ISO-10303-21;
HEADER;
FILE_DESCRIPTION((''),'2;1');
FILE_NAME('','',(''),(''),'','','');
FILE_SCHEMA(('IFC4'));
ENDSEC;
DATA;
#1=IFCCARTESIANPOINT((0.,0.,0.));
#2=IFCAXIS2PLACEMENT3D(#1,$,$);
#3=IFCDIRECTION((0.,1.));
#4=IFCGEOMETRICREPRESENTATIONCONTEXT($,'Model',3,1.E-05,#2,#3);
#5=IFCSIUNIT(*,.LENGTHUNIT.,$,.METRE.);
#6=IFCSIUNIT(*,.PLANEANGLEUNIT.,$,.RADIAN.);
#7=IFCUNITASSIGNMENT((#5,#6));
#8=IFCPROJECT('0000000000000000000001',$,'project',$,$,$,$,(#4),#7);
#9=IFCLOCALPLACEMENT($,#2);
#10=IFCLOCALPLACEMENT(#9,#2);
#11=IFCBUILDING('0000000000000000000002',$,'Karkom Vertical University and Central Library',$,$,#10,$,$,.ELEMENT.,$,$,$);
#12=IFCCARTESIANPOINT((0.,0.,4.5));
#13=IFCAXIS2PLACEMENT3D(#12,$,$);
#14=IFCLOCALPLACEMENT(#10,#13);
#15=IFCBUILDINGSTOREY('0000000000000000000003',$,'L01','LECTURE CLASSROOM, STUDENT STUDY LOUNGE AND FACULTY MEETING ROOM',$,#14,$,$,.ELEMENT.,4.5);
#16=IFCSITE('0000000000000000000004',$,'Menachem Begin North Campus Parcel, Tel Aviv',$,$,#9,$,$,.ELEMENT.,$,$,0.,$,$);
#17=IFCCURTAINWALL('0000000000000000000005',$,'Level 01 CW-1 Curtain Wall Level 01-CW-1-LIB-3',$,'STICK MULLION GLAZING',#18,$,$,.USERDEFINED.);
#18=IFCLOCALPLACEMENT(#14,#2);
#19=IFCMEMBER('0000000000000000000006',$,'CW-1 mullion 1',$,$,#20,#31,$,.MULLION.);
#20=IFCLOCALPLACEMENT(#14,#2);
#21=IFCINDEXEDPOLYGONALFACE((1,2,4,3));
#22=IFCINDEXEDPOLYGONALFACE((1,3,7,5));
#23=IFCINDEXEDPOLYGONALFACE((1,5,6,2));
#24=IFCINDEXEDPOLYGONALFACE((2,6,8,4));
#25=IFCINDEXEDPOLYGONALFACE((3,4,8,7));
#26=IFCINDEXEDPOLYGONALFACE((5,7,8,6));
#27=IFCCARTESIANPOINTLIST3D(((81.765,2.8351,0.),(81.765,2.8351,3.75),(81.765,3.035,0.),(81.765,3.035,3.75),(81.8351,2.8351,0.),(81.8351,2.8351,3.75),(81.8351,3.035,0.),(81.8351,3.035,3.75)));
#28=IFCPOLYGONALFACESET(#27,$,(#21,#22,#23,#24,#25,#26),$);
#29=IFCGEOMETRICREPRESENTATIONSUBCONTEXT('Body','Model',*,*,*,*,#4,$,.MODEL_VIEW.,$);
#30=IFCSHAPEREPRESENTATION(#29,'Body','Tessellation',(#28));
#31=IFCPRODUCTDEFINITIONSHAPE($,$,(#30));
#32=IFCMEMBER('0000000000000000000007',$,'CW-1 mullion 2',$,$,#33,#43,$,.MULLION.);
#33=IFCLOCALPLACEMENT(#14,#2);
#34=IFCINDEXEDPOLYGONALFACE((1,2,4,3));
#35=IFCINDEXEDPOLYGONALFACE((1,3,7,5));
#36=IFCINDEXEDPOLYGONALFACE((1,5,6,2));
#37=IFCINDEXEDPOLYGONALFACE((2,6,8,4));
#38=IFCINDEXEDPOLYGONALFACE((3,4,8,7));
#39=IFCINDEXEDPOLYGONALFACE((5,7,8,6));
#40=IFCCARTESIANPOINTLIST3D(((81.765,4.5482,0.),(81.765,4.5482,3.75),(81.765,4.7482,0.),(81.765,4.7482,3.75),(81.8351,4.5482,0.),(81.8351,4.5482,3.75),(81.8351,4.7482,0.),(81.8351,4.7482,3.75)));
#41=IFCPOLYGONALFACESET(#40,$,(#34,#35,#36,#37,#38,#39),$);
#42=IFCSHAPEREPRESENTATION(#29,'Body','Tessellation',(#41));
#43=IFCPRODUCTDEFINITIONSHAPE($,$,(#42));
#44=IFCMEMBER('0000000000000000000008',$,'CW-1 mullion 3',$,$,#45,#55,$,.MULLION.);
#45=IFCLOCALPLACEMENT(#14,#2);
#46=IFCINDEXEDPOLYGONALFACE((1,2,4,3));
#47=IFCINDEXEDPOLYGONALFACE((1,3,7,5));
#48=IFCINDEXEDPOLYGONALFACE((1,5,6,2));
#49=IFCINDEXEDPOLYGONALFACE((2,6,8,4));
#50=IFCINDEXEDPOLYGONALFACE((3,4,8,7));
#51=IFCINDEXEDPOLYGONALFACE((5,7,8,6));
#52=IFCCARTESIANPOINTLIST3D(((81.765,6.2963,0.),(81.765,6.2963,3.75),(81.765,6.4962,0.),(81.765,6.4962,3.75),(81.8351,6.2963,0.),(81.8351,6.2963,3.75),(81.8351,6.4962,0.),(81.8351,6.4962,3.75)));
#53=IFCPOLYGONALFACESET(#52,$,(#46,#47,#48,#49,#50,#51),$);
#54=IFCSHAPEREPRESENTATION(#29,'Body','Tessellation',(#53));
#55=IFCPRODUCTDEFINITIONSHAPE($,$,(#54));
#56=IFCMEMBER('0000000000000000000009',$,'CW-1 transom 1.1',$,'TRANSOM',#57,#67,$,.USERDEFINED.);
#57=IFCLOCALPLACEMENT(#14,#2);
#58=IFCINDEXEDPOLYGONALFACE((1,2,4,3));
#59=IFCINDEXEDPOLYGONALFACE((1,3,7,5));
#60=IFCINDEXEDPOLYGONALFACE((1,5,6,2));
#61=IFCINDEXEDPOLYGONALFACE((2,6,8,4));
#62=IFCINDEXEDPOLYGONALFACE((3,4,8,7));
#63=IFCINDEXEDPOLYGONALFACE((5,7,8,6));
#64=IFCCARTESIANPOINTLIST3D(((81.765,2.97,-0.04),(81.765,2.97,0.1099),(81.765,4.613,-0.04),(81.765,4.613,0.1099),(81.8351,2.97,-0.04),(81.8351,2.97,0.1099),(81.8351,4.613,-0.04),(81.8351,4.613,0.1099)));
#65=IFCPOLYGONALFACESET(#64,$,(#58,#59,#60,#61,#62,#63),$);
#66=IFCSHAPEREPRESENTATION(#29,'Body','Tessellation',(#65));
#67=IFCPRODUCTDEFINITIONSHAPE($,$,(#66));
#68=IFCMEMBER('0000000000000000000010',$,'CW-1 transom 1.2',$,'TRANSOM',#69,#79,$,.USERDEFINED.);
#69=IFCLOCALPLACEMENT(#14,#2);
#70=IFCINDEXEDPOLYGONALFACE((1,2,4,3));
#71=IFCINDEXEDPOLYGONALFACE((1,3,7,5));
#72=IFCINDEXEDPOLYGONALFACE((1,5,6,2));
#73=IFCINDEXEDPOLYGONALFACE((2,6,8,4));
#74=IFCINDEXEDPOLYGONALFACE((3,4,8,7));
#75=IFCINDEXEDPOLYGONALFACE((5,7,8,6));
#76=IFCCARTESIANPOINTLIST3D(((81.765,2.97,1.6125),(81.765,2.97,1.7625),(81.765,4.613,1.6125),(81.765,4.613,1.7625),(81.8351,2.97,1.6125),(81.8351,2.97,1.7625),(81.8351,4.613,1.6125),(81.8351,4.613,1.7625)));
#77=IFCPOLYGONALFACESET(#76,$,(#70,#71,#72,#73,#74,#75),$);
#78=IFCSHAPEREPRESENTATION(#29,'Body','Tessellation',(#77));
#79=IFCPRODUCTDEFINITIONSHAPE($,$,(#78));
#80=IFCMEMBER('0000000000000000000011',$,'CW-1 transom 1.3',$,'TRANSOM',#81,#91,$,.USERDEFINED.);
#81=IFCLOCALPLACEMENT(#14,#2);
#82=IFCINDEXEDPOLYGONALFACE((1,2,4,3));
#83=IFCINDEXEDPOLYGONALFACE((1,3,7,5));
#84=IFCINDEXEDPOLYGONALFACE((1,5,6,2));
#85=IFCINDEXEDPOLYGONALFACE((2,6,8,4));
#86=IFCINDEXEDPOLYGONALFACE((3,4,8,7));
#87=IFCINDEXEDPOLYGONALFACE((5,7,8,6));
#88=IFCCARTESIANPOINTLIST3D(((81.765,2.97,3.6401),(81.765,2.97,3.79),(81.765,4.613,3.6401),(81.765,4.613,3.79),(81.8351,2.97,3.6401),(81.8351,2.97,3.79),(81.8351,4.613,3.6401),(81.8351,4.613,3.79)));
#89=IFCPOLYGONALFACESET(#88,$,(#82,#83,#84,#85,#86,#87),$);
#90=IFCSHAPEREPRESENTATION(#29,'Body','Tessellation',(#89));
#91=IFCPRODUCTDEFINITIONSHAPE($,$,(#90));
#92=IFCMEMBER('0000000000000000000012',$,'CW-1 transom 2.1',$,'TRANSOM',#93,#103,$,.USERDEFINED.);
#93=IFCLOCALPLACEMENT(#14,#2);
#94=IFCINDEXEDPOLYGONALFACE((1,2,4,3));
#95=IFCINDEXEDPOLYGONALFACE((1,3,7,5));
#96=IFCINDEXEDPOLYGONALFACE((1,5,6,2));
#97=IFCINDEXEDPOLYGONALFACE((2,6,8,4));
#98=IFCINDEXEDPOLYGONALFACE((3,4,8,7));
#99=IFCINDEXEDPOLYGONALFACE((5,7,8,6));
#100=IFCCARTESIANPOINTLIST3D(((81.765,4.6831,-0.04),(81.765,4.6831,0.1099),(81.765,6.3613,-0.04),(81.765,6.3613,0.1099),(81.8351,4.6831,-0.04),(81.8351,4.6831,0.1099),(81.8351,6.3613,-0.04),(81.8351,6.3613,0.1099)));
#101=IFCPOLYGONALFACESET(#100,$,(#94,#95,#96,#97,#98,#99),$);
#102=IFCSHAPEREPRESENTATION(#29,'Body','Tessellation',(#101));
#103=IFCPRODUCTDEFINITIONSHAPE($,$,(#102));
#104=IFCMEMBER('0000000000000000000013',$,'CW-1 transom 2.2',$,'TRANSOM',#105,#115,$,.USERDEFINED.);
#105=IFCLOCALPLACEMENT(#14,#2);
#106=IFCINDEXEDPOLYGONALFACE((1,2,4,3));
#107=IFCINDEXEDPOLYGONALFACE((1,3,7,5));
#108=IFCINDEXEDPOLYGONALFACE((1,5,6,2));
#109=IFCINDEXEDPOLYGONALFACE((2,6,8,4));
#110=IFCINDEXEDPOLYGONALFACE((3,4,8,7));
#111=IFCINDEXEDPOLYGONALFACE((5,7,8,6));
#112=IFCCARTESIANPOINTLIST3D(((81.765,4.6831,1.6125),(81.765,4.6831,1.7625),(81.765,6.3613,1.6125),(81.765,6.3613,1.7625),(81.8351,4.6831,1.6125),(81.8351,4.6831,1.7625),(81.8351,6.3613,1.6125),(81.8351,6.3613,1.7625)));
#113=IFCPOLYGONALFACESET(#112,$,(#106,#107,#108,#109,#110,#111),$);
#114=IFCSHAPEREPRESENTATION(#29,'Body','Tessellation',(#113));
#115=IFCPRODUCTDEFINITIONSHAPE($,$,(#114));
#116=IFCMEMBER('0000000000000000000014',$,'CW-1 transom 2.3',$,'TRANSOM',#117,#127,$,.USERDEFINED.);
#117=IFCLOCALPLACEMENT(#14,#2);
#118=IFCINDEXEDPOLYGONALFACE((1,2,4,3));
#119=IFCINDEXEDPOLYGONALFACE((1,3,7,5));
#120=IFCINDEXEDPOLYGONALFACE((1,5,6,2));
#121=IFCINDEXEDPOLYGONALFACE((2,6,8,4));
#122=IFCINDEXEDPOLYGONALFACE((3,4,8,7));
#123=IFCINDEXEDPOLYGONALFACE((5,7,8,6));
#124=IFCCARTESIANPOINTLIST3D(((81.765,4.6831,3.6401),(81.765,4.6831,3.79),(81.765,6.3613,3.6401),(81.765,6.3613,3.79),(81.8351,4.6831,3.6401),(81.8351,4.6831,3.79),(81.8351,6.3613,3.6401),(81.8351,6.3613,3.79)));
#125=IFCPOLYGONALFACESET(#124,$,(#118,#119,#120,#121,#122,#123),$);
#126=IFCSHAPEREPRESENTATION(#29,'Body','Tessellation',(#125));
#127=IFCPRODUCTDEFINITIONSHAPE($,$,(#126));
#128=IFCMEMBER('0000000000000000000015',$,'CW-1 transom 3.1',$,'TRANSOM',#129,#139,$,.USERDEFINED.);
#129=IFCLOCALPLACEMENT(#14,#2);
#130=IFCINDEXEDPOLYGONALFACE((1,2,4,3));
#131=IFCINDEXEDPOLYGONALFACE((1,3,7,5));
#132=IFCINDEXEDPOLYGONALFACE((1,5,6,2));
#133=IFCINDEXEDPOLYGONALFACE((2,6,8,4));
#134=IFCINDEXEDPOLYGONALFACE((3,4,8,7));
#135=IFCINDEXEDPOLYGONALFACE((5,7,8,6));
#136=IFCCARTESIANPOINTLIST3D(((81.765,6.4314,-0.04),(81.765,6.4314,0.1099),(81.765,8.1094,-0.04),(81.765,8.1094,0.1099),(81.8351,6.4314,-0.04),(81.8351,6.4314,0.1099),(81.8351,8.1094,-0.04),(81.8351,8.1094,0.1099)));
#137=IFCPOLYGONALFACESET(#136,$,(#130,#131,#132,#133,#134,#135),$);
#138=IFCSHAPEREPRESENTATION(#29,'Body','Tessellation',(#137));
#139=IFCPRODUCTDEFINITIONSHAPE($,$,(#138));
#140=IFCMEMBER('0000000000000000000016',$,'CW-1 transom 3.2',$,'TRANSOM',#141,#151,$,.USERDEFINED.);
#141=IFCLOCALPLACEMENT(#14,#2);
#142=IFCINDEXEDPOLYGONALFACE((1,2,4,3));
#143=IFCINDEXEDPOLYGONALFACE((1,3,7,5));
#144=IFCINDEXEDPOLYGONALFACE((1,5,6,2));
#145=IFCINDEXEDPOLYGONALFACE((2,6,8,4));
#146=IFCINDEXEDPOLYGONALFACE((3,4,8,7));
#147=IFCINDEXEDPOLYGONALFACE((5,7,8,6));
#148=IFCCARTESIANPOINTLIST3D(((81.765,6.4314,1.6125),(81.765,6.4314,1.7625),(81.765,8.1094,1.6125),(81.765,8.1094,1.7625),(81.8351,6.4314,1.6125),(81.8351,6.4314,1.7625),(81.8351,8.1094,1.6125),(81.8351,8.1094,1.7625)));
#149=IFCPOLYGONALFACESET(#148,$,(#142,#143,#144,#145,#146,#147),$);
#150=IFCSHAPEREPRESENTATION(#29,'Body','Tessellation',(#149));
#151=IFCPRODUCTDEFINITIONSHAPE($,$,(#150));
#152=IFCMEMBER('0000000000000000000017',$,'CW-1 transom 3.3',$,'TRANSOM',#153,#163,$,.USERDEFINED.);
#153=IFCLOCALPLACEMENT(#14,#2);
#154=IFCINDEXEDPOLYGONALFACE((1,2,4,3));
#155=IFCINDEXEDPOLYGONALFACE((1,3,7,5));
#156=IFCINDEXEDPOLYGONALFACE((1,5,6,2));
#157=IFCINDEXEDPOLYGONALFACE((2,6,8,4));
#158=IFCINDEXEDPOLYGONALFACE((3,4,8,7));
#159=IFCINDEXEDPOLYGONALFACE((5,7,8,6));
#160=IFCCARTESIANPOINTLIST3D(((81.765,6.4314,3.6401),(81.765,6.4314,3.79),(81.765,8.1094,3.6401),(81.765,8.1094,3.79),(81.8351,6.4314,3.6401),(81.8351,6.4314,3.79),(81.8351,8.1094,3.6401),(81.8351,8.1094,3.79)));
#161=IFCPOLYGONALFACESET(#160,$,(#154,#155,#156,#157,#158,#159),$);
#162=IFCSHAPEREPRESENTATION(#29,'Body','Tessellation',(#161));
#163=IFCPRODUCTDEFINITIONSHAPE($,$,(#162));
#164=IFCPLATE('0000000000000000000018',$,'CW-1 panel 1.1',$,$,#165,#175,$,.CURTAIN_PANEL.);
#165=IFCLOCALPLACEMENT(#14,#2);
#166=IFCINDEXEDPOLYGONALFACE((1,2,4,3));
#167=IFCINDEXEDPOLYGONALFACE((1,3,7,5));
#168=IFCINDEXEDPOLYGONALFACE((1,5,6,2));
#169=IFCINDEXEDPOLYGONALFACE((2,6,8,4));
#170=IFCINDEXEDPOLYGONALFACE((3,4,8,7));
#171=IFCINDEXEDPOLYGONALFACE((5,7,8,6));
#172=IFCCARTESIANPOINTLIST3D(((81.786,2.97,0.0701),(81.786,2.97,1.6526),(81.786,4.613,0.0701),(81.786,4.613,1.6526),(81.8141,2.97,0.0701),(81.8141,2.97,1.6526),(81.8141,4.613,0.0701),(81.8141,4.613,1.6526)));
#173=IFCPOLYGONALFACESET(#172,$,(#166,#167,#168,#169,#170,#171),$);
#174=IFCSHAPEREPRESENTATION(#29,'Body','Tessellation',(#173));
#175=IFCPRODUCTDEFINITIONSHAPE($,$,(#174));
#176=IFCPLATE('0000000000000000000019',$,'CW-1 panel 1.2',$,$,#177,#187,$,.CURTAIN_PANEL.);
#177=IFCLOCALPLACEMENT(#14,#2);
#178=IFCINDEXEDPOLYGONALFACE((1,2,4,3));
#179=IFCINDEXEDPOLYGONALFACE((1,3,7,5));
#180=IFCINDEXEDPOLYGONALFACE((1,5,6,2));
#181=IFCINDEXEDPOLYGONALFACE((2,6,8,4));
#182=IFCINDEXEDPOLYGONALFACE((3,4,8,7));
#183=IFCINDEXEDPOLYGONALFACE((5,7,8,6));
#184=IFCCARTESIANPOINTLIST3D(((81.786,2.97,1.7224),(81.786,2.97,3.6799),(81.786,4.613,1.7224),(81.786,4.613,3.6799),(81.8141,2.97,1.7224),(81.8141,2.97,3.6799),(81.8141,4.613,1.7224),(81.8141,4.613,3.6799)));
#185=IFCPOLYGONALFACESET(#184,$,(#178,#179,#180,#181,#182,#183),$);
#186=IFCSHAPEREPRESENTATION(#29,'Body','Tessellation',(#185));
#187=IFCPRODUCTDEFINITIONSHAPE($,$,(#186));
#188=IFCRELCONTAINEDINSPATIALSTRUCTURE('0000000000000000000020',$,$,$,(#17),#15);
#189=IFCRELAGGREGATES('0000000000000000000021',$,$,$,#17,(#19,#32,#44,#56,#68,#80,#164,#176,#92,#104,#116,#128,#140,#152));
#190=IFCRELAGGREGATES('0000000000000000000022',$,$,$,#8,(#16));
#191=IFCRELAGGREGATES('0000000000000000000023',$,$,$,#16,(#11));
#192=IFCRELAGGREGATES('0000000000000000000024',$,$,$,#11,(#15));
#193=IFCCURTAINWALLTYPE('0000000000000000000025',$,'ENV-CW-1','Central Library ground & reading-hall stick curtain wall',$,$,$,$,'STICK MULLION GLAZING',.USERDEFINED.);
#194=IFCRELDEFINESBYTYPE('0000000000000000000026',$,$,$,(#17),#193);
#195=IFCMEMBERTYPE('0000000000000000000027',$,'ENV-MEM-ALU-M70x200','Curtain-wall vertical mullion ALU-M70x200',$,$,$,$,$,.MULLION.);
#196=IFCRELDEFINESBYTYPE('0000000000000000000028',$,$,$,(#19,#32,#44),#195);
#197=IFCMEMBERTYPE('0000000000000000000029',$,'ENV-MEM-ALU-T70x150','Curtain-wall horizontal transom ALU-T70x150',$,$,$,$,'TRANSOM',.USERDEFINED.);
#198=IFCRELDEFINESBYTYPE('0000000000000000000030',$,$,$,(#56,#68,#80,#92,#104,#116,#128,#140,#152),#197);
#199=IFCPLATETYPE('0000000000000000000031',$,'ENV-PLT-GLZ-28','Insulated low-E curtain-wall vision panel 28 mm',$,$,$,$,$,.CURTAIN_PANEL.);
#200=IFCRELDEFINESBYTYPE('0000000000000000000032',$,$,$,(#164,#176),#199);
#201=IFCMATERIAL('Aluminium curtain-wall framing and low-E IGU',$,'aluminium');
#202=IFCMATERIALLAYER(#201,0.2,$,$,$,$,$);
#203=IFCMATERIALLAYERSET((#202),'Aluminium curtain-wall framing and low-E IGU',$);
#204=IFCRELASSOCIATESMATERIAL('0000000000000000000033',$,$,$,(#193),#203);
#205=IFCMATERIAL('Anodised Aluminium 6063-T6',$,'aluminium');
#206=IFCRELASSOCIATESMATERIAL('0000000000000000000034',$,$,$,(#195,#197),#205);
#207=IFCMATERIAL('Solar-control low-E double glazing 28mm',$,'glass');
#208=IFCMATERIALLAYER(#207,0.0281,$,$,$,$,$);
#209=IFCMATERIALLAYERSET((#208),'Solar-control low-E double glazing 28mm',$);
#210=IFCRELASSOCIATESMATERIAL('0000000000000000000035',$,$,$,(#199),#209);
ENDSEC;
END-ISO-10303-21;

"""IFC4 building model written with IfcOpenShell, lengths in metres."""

from ifc_helpers import new_model, si_unit, direction, frame, origin, origin_with_axes, origin_2d, place, context, subcontext, project, spatial, rectangle, extrude, source, transform, mapped, material, layer, layer_set, material_profile, profile_set, type_object, element, aggregate, save


model = new_model("IFC4")

# Units and contexts
model_context = context("Model", 3, precision=1e-05, world=origin(), true_north=direction((0.0, 1.0)))
body_context = subcontext(model_context, "Body", "Model", "MODEL_VIEW")
ifc_project = project(units=[si_unit("LENGTHUNIT", "METRE"), si_unit("PLANEANGLEUNIT", "RADIAN")], contexts=[model_context])

# Site, building, storey
site_placement = place(None, origin())
site = spatial("IfcSite", under=ifc_project, at=site_placement, Name="Menachem Begin North Campus Parcel, Tel Aviv", CompositionType="ELEMENT", RefElevation=0.0)
building_placement = place(site_placement, origin())
building = spatial("IfcBuilding", under=site, at=building_placement, Name="Karkom Vertical University and Central Library", CompositionType="ELEMENT")
storey_placement = place(building_placement, frame((0.0, 0.0, 4.5)))
storey = spatial("IfcBuildingStorey", under=building, at=storey_placement, Name="L01", Description="LECTURE CLASSROOM, STUDENT STUDY LOUNGE AND FACULTY MEETING ROOM", CompositionType="ELEMENT", Elevation=4.5)

# Curtain wall, members, plates
ifc_material_1 = material(Name="Aluminium curtain-wall framing and low-E IGU", Category="aluminium")
ifc_layer_1 = layer(ifc_material_1, 0.2)
ifc_layer_set_1 = layer_set([ifc_layer_1], Name="Aluminium curtain-wall framing and low-E IGU")
curtain_wall_type = type_object("IfcCurtainWallType", Name="ENV-CW-1", Description="Central Library ground & reading-hall stick curtain wall", ElementType="STICK MULLION GLAZING", PredefinedType="USERDEFINED", material=ifc_layer_set_1)
curtain_wall_placement = place(storey_placement, origin())
curtain_wall = element("IfcCurtainWall", 1, at=curtain_wall_placement, inside=storey, type_object=curtain_wall_type, Name="Level 01 CW-1 Curtain Wall Level 01-CW-1-LIB-3", ObjectType="STICK MULLION GLAZING", PredefinedType="USERDEFINED")
ifc_material_2 = material(Name="Anodised Aluminium 6063-T6", Category="aluminium")
ifc_material_profile_1 = material_profile(ifc_material_2, rectangle(XDim=0.0701, YDim=0.2, at=origin_2d()), Name="ALU-M70x200")
ifc_profile_set_1 = profile_set([ifc_material_profile_1], Name="Anodised Aluminium 6063-T6")
member_type_1 = type_object("IfcMemberType", Name="ENV-MEM-ALU-M70x200", Description="Curtain-wall vertical mullion ALU-M70x200", PredefinedType="MULLION", material=ifc_profile_set_1)
shared_shape_1 = source(origin_with_axes(), body_context, "Body", "SweptSolid", [
    extrude(rectangle(XDim=0.0701, YDim=0.2, at=origin_2d()), origin(), (0.0, 0.0, 1.0), 3.75),
])
member_1_placement = place(storey_placement, frame((81.8, 2.9351, 0.0), z_axis=(0.0, 0.0, 1.0), x_axis=(-1.0, 0.0, 0.0)))
member_1 = element("IfcMember", 2, at=member_1_placement, type_object=member_type_1, Name="CW-1 mullion 1", PredefinedType="MULLION", context=body_context, shape_type="MappedRepresentation", body=[
    mapped(shared_shape_1, transform((0.0, 0.0, 0.0), scale=1.0)),
])
member_2_placement = place(storey_placement, frame((81.8, 4.6482, 0.0), z_axis=(0.0, 0.0, 1.0), x_axis=(-1.0, 0.0, 0.0)))
member_2 = element("IfcMember", 3, at=member_2_placement, type_object=member_type_1, Name="CW-1 mullion 2", PredefinedType="MULLION", context=body_context, shape_type="MappedRepresentation", body=[
    mapped(shared_shape_1, transform((0.0, 0.0, 0.0), scale=1.0)),
])
member_3_placement = place(storey_placement, frame((81.8, 6.3962, 0.0), z_axis=(0.0, 0.0, 1.0), x_axis=(-1.0, 0.0, 0.0)))
member_3 = element("IfcMember", 4, at=member_3_placement, type_object=member_type_1, Name="CW-1 mullion 3", PredefinedType="MULLION", context=body_context, shape_type="MappedRepresentation", body=[
    mapped(shared_shape_1, transform((0.0, 0.0, 0.0), scale=1.0)),
])
ifc_material_profile_2 = material_profile(ifc_material_2, rectangle(XDim=0.0701, YDim=0.1499, at=origin_2d()), Name="ALU-T70x150")
ifc_profile_set_2 = profile_set([ifc_material_profile_2], Name="Anodised Aluminium 6063-T6")
member_type_2 = type_object("IfcMemberType", Name="ENV-MEM-ALU-T70x150", Description="Curtain-wall horizontal transom ALU-T70x150", ElementType="TRANSOM", PredefinedType="USERDEFINED", material=ifc_profile_set_2)
shared_shape_2 = source(origin_with_axes(), body_context, "Body", "SweptSolid", [
    extrude(rectangle(XDim=0.0701, YDim=0.1499, at=origin_2d()), origin(), (0.0, 0.0, 1.0), 1.6431),
])
member_4_placement = place(storey_placement, frame((81.8, 2.97, 0.0349), z_axis=(0.0, 1.0, 0.0), x_axis=(-1.0, 0.0, 0.0)))
member_4 = element("IfcMember", 5, at=member_4_placement, type_object=member_type_2, Name="CW-1 transom 1.1", ObjectType="TRANSOM", PredefinedType="USERDEFINED", context=body_context, shape_type="MappedRepresentation", body=[
    mapped(shared_shape_2, transform((0.0, 0.0, 0.0), scale=1.0)),
])
member_5_placement = place(storey_placement, frame((81.8, 2.97, 1.6875), z_axis=(0.0, 1.0, 0.0), x_axis=(-1.0, 0.0, 0.0)))
member_5 = element("IfcMember", 6, at=member_5_placement, type_object=member_type_2, Name="CW-1 transom 1.2", ObjectType="TRANSOM", PredefinedType="USERDEFINED", context=body_context, shape_type="MappedRepresentation", body=[
    mapped(shared_shape_2, transform((0.0, 0.0, 0.0), scale=1.0)),
])
member_6_placement = place(storey_placement, frame((81.8, 2.97, 3.7151), z_axis=(0.0, 1.0, 0.0), x_axis=(-1.0, 0.0, 0.0)))
member_6 = element("IfcMember", 7, at=member_6_placement, type_object=member_type_2, Name="CW-1 transom 1.3", ObjectType="TRANSOM", PredefinedType="USERDEFINED", context=body_context, shape_type="MappedRepresentation", body=[
    mapped(shared_shape_2, transform((0.0, 0.0, 0.0), scale=1.0)),
])
shared_shape_3 = source(origin_with_axes(), body_context, "Body", "SweptSolid", [
    extrude(rectangle(XDim=0.0701, YDim=0.1499, at=origin_2d()), origin(), (0.0, 0.0, 1.0), 1.6782),
])
member_7_placement = place(storey_placement, frame((81.8, 4.6831, 0.0349), z_axis=(0.0, 1.0, 0.0), x_axis=(-1.0, 0.0, 0.0)))
member_7 = element("IfcMember", 8, at=member_7_placement, type_object=member_type_2, Name="CW-1 transom 2.1", ObjectType="TRANSOM", PredefinedType="USERDEFINED", context=body_context, shape_type="MappedRepresentation", body=[
    mapped(shared_shape_3, transform((0.0, 0.0, 0.0), scale=1.0)),
])
member_8_placement = place(storey_placement, frame((81.8, 4.6831, 1.6875), z_axis=(0.0, 1.0, 0.0), x_axis=(-1.0, 0.0, 0.0)))
member_8 = element("IfcMember", 9, at=member_8_placement, type_object=member_type_2, Name="CW-1 transom 2.2", ObjectType="TRANSOM", PredefinedType="USERDEFINED", context=body_context, shape_type="MappedRepresentation", body=[
    mapped(shared_shape_3, transform((0.0, 0.0, 0.0), scale=1.0)),
])
member_9_placement = place(storey_placement, frame((81.8, 4.6831, 3.7151), z_axis=(0.0, 1.0, 0.0), x_axis=(-1.0, 0.0, 0.0)))
member_9 = element("IfcMember", 10, at=member_9_placement, type_object=member_type_2, Name="CW-1 transom 2.3", ObjectType="TRANSOM", PredefinedType="USERDEFINED", context=body_context, shape_type="MappedRepresentation", body=[
    mapped(shared_shape_3, transform((0.0, 0.0, 0.0), scale=1.0)),
])
shared_shape_4 = source(origin_with_axes(), body_context, "Body", "SweptSolid", [
    extrude(rectangle(XDim=0.0701, YDim=0.1499, at=origin_2d()), origin(), (0.0, 0.0, 1.0), 1.678),
])
member_10_placement = place(storey_placement, frame((81.8, 6.4314, 0.0349), z_axis=(0.0, 1.0, 0.0), x_axis=(-1.0, 0.0, 0.0)))
member_10 = element("IfcMember", 11, at=member_10_placement, type_object=member_type_2, Name="CW-1 transom 3.1", ObjectType="TRANSOM", PredefinedType="USERDEFINED", context=body_context, shape_type="MappedRepresentation", body=[
    mapped(shared_shape_4, transform((0.0, 0.0, 0.0), scale=1.0)),
])
member_11_placement = place(storey_placement, frame((81.8, 6.4314, 1.6875), z_axis=(0.0, 1.0, 0.0), x_axis=(-1.0, 0.0, 0.0)))
member_11 = element("IfcMember", 12, at=member_11_placement, type_object=member_type_2, Name="CW-1 transom 3.2", ObjectType="TRANSOM", PredefinedType="USERDEFINED", context=body_context, shape_type="MappedRepresentation", body=[
    mapped(shared_shape_4, transform((0.0, 0.0, 0.0), scale=1.0)),
])
member_12_placement = place(storey_placement, frame((81.8, 6.4314, 3.7151), z_axis=(0.0, 1.0, 0.0), x_axis=(-1.0, 0.0, 0.0)))
member_12 = element("IfcMember", 13, at=member_12_placement, type_object=member_type_2, Name="CW-1 transom 3.3", ObjectType="TRANSOM", PredefinedType="USERDEFINED", context=body_context, shape_type="MappedRepresentation", body=[
    mapped(shared_shape_4, transform((0.0, 0.0, 0.0), scale=1.0)),
])
ifc_material_3 = material(Name="Solar-control low-E double glazing 28mm", Category="glass")
ifc_layer_2 = layer(ifc_material_3, 0.0281)
ifc_layer_set_2 = layer_set([ifc_layer_2], Name="Solar-control low-E double glazing 28mm")
plate_type = type_object("IfcPlateType", Name="ENV-PLT-GLZ-28", Description="Insulated low-E curtain-wall vision panel 28 mm", PredefinedType="CURTAIN_PANEL", material=ifc_layer_set_2)
shared_shape_5 = source(origin_with_axes(), body_context, "Body", "SweptSolid", [
    extrude(rectangle(XDim=1.6431, YDim=0.0281, at=origin_2d()), origin(), (0.0, 0.0, 1.0), 1.5825),
])
plate_1_placement = place(storey_placement, frame((81.8, 3.7915, 0.0701), z_axis=(0.0, 0.0, 1.0), x_axis=(0.0, 1.0, 0.0)))
plate_1 = element("IfcPlate", 14, at=plate_1_placement, type_object=plate_type, Name="CW-1 panel 1.1", PredefinedType="CURTAIN_PANEL", context=body_context, shape_type="MappedRepresentation", body=[
    mapped(shared_shape_5, transform((0.0, 0.0, 0.0), scale=1.0)),
])
shared_shape_6 = source(origin_with_axes(), body_context, "Body", "SweptSolid", [
    extrude(rectangle(XDim=1.6431, YDim=0.0281, at=origin_2d()), origin(), (0.0, 0.0, 1.0), 1.9575),
])
plate_2_placement = place(storey_placement, frame((81.8, 3.7915, 1.7224), z_axis=(0.0, 0.0, 1.0), x_axis=(0.0, 1.0, 0.0)))
plate_2 = element("IfcPlate", 15, at=plate_2_placement, type_object=plate_type, Name="CW-1 panel 1.2", PredefinedType="CURTAIN_PANEL", context=body_context, shape_type="MappedRepresentation", body=[
    mapped(shared_shape_6, transform((0.0, 0.0, 0.0), scale=1.0)),
])
aggregate(curtain_wall, [member_1, member_2, member_3, member_4, member_5, member_6, plate_1, plate_2, member_7, member_8, member_9, member_10, member_11, member_12])

save(model, "model.ifc")
